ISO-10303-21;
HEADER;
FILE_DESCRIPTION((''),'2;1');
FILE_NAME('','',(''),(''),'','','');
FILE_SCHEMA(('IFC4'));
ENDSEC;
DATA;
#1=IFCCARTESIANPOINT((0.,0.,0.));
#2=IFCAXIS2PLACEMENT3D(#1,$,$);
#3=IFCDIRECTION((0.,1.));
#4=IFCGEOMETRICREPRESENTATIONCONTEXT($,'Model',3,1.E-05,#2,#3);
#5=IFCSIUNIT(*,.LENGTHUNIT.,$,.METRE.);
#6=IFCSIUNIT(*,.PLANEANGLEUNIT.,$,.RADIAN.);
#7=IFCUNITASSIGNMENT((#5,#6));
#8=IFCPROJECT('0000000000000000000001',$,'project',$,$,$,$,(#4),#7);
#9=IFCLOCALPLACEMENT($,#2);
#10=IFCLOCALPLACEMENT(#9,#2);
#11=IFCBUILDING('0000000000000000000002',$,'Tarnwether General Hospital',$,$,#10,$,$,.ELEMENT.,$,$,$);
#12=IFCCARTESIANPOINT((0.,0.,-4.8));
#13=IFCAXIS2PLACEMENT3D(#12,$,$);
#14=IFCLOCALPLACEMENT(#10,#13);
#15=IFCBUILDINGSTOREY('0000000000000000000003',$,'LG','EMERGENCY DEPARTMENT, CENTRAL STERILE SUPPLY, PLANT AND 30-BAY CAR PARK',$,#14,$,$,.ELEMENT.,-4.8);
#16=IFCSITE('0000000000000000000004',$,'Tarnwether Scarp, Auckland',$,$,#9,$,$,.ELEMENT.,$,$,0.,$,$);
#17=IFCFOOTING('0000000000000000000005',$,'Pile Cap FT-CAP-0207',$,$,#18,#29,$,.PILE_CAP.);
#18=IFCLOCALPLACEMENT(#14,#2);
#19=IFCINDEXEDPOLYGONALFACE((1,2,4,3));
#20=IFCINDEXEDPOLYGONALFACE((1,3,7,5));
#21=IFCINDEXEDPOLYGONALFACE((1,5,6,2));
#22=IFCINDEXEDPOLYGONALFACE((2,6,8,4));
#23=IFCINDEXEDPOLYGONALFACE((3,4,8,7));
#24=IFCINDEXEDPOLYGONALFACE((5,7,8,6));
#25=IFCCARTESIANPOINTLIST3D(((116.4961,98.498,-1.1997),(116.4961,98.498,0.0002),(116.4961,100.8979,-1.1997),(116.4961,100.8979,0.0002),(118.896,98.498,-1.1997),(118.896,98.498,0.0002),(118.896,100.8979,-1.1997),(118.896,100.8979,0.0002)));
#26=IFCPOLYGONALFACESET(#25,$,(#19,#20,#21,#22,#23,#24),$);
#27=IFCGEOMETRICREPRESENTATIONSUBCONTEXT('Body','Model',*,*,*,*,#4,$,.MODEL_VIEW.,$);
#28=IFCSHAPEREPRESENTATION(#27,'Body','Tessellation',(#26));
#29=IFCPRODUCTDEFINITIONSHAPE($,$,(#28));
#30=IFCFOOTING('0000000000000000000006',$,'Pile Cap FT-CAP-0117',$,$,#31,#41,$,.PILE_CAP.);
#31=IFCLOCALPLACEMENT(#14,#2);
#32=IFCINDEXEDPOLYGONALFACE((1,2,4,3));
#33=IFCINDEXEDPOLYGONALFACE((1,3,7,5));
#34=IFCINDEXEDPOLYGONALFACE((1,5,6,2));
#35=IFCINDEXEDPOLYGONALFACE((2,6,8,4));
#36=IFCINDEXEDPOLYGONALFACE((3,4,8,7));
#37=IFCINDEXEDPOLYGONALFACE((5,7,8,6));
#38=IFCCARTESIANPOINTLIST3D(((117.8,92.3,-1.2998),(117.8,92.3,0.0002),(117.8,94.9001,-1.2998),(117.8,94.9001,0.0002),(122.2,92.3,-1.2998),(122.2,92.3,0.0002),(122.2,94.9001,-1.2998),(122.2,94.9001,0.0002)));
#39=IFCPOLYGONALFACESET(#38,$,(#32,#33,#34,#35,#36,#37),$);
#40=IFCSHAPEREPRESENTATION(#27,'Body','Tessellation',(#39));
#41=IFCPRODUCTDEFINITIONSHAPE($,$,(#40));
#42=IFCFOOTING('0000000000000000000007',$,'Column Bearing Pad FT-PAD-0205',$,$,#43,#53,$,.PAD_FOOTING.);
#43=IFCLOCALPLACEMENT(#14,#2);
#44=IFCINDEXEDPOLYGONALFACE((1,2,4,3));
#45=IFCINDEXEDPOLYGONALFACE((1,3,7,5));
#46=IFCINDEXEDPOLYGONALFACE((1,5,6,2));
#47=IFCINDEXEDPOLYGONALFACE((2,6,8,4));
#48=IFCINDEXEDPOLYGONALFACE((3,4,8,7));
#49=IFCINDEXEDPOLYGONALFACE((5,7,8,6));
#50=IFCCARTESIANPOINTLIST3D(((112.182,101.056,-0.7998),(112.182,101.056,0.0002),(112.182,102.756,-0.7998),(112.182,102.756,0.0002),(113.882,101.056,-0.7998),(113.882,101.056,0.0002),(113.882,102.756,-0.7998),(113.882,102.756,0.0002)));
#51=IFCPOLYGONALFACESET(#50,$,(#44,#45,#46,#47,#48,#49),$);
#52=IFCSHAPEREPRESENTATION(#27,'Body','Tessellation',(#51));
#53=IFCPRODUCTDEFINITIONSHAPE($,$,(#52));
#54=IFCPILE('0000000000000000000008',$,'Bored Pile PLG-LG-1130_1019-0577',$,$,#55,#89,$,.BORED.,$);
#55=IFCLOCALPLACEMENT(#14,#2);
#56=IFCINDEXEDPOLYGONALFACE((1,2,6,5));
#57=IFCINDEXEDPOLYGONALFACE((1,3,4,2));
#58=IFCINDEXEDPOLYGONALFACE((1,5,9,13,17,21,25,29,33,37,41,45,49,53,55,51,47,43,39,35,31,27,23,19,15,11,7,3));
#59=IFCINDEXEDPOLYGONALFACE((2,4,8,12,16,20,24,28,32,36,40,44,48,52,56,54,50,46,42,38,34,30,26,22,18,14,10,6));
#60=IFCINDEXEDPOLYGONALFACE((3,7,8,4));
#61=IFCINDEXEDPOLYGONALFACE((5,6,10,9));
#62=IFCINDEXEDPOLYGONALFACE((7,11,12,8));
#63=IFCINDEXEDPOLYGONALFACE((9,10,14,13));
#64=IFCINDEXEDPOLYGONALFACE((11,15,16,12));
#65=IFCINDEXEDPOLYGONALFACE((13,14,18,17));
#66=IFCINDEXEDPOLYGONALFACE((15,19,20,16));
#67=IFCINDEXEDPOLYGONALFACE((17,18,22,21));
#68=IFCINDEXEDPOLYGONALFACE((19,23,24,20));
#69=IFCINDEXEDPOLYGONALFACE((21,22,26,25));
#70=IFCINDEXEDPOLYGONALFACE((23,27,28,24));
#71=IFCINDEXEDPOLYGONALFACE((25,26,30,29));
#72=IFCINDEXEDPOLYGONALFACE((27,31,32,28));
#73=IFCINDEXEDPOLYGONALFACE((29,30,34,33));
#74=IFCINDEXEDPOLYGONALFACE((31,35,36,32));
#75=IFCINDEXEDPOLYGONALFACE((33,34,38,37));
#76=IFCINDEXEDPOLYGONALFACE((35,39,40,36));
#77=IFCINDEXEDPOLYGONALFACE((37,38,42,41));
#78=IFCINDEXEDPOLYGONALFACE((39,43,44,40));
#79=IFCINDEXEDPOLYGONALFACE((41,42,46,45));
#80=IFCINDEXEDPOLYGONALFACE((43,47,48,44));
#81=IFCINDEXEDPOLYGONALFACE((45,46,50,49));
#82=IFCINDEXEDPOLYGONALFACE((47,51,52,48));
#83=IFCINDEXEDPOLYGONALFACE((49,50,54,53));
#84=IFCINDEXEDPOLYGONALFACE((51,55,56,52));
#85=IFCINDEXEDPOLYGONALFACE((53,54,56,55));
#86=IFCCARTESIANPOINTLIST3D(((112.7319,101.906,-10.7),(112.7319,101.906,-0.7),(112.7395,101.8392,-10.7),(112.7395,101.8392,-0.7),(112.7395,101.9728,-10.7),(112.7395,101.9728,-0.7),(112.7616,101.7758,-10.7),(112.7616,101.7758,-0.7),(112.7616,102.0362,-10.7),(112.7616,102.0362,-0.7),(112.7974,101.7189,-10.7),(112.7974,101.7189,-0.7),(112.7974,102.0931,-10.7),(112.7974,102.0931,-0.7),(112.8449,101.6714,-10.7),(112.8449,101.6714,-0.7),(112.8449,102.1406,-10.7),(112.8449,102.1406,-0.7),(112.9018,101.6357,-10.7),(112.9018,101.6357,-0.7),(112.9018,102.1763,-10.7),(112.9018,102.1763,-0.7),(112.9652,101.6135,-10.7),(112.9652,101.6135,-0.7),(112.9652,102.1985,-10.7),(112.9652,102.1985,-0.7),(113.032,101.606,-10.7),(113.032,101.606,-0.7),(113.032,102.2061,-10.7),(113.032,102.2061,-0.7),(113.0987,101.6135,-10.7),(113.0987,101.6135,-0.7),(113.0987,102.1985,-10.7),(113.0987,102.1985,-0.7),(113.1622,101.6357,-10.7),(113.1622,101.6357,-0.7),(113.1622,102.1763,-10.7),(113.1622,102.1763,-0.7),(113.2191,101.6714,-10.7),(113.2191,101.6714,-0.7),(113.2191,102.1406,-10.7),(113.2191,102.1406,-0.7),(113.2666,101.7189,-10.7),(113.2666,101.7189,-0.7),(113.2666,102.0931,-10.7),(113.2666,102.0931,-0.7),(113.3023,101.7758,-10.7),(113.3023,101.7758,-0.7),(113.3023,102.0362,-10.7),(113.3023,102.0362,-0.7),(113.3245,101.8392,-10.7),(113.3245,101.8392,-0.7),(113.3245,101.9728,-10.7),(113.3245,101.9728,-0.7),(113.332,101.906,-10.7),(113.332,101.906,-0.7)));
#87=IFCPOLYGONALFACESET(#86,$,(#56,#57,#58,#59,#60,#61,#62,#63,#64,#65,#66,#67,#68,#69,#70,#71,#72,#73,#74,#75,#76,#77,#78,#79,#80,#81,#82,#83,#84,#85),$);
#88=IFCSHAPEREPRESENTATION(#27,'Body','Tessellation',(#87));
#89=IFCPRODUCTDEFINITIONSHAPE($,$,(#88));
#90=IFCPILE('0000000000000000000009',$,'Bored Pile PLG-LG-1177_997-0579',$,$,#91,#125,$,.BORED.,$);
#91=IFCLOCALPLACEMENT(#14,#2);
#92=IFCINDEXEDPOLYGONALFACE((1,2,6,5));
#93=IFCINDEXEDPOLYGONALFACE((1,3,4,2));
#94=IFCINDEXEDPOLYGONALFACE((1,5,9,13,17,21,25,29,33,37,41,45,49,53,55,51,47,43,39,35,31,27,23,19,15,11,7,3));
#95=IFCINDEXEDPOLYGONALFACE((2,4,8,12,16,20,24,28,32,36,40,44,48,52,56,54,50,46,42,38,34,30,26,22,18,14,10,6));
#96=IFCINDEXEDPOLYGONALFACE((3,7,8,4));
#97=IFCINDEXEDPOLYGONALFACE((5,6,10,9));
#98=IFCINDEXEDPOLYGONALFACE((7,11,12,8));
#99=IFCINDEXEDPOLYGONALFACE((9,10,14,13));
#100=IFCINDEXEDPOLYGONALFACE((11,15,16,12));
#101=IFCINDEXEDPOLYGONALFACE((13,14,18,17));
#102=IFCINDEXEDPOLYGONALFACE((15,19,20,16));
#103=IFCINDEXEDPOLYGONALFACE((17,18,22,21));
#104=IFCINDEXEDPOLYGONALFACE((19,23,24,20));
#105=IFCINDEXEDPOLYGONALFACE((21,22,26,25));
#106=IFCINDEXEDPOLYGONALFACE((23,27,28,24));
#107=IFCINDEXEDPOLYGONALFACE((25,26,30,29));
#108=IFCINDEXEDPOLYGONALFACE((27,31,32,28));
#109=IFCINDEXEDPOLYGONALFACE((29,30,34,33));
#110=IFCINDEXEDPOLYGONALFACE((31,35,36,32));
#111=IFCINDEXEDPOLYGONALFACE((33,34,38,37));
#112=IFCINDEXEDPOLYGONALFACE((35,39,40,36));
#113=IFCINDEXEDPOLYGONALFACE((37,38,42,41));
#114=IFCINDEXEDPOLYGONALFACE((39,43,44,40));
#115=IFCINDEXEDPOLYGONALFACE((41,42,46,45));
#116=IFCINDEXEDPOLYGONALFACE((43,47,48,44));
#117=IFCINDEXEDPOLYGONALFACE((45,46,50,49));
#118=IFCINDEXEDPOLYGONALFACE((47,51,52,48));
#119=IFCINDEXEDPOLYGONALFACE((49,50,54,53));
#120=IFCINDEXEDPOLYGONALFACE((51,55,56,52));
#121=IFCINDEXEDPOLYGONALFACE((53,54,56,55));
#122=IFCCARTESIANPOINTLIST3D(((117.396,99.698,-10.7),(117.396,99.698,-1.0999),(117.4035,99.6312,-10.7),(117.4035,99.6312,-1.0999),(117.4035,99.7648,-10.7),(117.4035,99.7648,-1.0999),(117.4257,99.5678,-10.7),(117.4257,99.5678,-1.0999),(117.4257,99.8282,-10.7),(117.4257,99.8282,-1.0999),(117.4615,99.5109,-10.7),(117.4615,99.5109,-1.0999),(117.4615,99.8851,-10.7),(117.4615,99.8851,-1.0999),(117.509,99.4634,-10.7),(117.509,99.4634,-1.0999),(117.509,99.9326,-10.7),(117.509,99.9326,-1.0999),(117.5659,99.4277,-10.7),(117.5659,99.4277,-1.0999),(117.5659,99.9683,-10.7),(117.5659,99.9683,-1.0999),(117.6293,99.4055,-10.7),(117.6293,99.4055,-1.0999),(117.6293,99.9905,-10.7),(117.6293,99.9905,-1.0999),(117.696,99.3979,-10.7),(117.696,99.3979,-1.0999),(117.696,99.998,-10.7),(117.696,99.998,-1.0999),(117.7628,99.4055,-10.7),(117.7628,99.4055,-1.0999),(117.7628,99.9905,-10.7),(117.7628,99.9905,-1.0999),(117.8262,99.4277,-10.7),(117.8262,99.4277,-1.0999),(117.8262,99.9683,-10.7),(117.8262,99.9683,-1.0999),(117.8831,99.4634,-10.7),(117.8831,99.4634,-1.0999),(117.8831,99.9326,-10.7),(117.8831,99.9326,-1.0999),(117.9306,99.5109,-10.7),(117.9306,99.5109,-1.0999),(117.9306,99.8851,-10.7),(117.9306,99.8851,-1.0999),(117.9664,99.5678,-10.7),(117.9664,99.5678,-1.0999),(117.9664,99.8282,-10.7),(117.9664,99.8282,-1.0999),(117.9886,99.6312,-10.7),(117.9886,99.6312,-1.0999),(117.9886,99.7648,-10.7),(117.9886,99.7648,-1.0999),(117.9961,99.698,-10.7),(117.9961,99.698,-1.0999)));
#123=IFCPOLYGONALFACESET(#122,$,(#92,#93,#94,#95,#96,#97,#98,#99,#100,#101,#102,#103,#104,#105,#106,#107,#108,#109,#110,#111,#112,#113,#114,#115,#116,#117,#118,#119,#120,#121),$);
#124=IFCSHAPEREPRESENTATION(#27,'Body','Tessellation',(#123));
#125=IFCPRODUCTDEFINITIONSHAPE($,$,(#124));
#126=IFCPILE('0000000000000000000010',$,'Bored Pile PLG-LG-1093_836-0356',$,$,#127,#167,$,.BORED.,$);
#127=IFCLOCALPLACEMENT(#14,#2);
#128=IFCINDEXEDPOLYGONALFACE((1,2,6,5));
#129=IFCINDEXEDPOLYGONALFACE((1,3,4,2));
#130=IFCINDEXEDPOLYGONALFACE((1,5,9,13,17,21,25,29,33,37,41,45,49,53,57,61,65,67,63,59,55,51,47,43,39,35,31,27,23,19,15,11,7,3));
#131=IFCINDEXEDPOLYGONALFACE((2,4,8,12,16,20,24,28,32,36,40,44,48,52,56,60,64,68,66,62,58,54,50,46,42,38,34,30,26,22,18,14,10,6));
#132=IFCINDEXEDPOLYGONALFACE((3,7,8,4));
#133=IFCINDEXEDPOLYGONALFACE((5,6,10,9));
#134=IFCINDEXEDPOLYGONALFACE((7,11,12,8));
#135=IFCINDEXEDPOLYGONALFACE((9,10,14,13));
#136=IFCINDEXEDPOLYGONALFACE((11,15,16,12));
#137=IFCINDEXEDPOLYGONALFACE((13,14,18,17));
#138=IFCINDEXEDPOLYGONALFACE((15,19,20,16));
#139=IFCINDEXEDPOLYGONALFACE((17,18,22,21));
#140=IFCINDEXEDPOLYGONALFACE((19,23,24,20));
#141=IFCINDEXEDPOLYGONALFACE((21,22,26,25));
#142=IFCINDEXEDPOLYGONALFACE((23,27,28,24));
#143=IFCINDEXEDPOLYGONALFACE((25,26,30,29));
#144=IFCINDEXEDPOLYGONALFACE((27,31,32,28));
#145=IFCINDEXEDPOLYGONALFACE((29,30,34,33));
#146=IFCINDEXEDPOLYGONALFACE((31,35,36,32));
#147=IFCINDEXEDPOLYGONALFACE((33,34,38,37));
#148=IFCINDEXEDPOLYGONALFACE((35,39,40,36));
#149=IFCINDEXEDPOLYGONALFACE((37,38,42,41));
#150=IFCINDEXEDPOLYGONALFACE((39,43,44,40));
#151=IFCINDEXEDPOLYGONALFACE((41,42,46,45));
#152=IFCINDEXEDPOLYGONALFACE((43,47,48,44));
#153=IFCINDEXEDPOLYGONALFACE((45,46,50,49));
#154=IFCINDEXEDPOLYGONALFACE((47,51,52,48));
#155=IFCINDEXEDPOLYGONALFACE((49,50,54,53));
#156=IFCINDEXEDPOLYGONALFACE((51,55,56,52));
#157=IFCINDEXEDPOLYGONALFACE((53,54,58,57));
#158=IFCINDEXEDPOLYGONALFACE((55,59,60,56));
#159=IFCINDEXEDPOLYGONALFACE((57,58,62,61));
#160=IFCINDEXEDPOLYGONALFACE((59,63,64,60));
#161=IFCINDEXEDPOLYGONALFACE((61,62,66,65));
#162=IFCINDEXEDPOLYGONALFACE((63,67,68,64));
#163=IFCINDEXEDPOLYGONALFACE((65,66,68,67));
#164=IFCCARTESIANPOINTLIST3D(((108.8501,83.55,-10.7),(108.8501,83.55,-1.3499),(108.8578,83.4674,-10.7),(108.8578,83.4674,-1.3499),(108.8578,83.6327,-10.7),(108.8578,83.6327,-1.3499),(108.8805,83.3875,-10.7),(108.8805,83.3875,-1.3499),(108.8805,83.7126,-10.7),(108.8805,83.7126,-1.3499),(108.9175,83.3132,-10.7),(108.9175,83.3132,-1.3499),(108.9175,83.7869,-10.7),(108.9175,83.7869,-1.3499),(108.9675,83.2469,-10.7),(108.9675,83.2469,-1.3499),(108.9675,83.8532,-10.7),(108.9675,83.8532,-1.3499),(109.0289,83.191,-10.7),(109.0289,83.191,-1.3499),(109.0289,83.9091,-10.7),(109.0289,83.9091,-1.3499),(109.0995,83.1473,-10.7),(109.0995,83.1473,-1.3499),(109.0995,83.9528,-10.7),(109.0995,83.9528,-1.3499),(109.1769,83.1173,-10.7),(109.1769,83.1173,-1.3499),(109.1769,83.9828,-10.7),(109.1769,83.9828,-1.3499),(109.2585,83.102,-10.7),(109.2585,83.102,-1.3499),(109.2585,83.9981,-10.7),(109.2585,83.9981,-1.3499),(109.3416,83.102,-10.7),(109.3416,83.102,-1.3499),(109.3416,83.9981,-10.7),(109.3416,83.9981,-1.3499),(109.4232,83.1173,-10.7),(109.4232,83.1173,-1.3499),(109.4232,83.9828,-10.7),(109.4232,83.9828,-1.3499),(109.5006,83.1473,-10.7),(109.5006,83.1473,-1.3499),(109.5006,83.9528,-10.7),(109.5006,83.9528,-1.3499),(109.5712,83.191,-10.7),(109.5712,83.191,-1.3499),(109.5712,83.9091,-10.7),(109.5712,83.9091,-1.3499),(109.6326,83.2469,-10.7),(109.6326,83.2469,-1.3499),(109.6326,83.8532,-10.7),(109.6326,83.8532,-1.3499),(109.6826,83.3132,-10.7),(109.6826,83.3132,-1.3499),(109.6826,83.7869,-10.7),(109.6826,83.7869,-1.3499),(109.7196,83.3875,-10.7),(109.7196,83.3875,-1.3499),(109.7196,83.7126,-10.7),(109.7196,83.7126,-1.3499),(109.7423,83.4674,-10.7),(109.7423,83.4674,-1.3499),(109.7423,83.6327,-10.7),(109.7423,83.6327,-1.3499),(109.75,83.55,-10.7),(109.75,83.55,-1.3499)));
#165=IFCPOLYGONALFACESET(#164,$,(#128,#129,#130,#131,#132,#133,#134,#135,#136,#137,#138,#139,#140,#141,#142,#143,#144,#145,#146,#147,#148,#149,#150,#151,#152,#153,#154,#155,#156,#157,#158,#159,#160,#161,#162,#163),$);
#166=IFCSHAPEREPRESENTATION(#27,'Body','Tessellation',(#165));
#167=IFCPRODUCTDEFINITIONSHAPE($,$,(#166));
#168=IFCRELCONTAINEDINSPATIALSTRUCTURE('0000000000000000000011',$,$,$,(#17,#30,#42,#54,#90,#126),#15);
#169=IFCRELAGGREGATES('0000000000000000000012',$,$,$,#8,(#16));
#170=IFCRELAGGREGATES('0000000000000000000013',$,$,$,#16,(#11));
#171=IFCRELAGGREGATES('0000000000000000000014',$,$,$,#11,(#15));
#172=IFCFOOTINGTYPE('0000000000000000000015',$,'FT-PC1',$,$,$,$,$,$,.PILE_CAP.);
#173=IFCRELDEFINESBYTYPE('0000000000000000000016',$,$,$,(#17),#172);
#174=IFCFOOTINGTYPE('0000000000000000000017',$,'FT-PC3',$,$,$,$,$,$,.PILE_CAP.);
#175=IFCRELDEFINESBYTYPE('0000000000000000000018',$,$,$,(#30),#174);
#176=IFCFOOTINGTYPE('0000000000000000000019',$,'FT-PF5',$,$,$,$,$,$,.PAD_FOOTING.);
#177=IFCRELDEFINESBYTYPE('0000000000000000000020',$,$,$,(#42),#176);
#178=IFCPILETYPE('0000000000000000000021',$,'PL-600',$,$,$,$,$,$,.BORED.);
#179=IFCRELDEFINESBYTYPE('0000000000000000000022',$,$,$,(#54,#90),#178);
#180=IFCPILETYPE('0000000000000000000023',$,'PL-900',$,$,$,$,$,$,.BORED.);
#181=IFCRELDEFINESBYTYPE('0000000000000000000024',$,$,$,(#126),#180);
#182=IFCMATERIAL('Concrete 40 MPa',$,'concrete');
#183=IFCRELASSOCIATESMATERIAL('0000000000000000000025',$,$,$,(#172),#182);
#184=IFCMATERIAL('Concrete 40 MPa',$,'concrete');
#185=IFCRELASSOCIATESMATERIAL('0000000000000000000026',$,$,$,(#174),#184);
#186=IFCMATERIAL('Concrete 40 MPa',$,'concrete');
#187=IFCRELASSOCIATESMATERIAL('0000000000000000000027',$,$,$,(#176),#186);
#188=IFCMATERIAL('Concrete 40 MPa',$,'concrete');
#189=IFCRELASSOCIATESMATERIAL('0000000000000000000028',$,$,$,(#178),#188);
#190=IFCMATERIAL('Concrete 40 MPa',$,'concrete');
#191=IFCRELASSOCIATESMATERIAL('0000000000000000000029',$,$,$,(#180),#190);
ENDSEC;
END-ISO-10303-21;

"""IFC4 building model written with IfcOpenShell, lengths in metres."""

from ifc_helpers import new_model, si_unit, direction, frame, origin, origin_2d, place, context, subcontext, project, spatial, rectangle, circle, extrude, material, material_profile, profile_set, type_object, element, save


model = new_model("IFC4")

# Units and contexts
model_context = context("Model", 3, precision=1e-05, world=origin(), true_north=direction((0.0, 1.0)))
body_context = subcontext(model_context, "Body", "Model", "MODEL_VIEW")
ifc_project = project(units=[si_unit("LENGTHUNIT", "METRE"), si_unit("PLANEANGLEUNIT", "RADIAN")], contexts=[model_context])

# Site, building, storey
site_placement = place(None, origin())
site = spatial("IfcSite", under=ifc_project, at=site_placement, Name="Tarnwether Scarp, Auckland", CompositionType="ELEMENT", RefElevation=0.0)
building_placement = place(site_placement, origin())
building = spatial("IfcBuilding", under=site, at=building_placement, Name="Tarnwether General Hospital", CompositionType="ELEMENT")
storey_placement = place(building_placement, frame((0.0, 0.0, -4.8)))
storey = spatial("IfcBuildingStorey", under=building, at=storey_placement, Name="LG", Description="EMERGENCY DEPARTMENT, CENTRAL STERILE SUPPLY, PLANT AND 30-BAY CAR PARK", CompositionType="ELEMENT", Elevation=-4.8)

# Footings
ifc_material_1 = material(Name="Concrete 40 MPa", Category="concrete")
footing_type_1 = type_object("IfcFootingType", Name="FT-PC1", PredefinedType="PILE_CAP", material=ifc_material_1)
footing_1_placement = place(storey_placement, frame((117.696, 99.698, -1.1997), z_axis=(0.0, 0.0, 1.0), x_axis=(1.0, 0.0, 0.0)))
element("IfcFooting", 1, at=footing_1_placement, inside=storey, type_object=footing_type_1, Name="Pile Cap FT-CAP-0207", PredefinedType="PILE_CAP", context=body_context, shape_type="SweptSolid", body=[
    extrude(rectangle(XDim=2.3999, YDim=2.3999, at=origin_2d()), origin(), (0.0, 0.0, 1.0), 1.2),
])
ifc_material_2 = material(Name="Concrete 40 MPa", Category="concrete")
footing_type_2 = type_object("IfcFootingType", Name="FT-PC3", PredefinedType="PILE_CAP", material=ifc_material_2)
footing_2_placement = place(storey_placement, frame((120.0, 93.6001, -1.2998), z_axis=(0.0, 0.0, 1.0), x_axis=(1.0, 0.0, 0.0)))
element("IfcFooting", 2, at=footing_2_placement, inside=storey, type_object=footing_type_2, Name="Pile Cap FT-CAP-0117", PredefinedType="PILE_CAP", context=body_context, shape_type="SweptSolid", body=[
    extrude(rectangle(XDim=4.3999, YDim=2.6001, at=origin_2d()), origin(), (0.0, 0.0, 1.0), 1.3),
])
ifc_material_3 = material(Name="Concrete 40 MPa", Category="concrete")
footing_type_3 = type_object("IfcFootingType", Name="FT-PF5", PredefinedType="PAD_FOOTING", material=ifc_material_3)
footing_3_placement = place(storey_placement, frame((113.032, 101.906, -0.7998), z_axis=(0.0, 0.0, 1.0), x_axis=(1.0, 0.0, 0.0)))
element("IfcFooting", 3, at=footing_3_placement, inside=storey, type_object=footing_type_3, Name="Column Bearing Pad FT-PAD-0205", PredefinedType="PAD_FOOTING", context=body_context, shape_type="SweptSolid", body=[
    extrude(rectangle(XDim=1.7, YDim=1.7, at=origin_2d()), origin(), (0.0, 0.0, 1.0), 0.8),
])

# Piles
ifc_material_4 = material(Name="Concrete 40 MPa", Category="concrete")
ifc_material_profile_1 = material_profile(ifc_material_4, circle(Radius=0.3, at=origin_2d()), Name="PILE-D600")
ifc_profile_set_1 = profile_set([ifc_material_profile_1], Name="Concrete 40 MPa")
pile_type_1 = type_object("IfcPileType", Name="PL-600", PredefinedType="BORED", material=ifc_profile_set_1)
pile_1_placement = place(storey_placement, frame((113.032, 101.906, -0.7), z_axis=(0.0, 0.0, -1.0), x_axis=(1.0, 0.0, 0.0)))
element("IfcPile", 4, at=pile_1_placement, inside=storey, type_object=pile_type_1, Name="Bored Pile PLG-LG-1130_1019-0577", PredefinedType="BORED", context=body_context, shape_type="SweptSolid", body=[
    extrude(circle(Radius=0.3, at=origin_2d()), origin(), (0.0, 0.0, 1.0), 10.0),
])
pile_2_placement = place(storey_placement, frame((117.696, 99.698, -1.0999), z_axis=(0.0, 0.0, -1.0), x_axis=(1.0, 0.0, 0.0)))
element("IfcPile", 5, at=pile_2_placement, inside=storey, type_object=pile_type_1, Name="Bored Pile PLG-LG-1177_997-0579", PredefinedType="BORED", context=body_context, shape_type="SweptSolid", body=[
    extrude(circle(Radius=0.3, at=origin_2d()), origin(), (0.0, 0.0, 1.0), 9.6001),
])
ifc_material_5 = material(Name="Concrete 40 MPa", Category="concrete")
ifc_material_profile_2 = material_profile(ifc_material_5, circle(Radius=0.45, at=origin_2d()), Name="PILE-D900")
ifc_profile_set_2 = profile_set([ifc_material_profile_2], Name="Concrete 40 MPa")
pile_type_2 = type_object("IfcPileType", Name="PL-900", PredefinedType="BORED", material=ifc_profile_set_2)
pile_3_placement = place(storey_placement, frame((109.3, 83.55, -1.3499), z_axis=(0.0, 0.0, -1.0), x_axis=(1.0, 0.0, 0.0)))
element("IfcPile", 6, at=pile_3_placement, inside=storey, type_object=pile_type_2, Name="Bored Pile PLG-LG-1093_836-0356", PredefinedType="BORED", context=body_context, shape_type="SweptSolid", body=[
    extrude(circle(Radius=0.45, at=origin_2d()), origin(), (0.0, 0.0, 1.0), 9.3501),
])

save(model, "model.ifc")
